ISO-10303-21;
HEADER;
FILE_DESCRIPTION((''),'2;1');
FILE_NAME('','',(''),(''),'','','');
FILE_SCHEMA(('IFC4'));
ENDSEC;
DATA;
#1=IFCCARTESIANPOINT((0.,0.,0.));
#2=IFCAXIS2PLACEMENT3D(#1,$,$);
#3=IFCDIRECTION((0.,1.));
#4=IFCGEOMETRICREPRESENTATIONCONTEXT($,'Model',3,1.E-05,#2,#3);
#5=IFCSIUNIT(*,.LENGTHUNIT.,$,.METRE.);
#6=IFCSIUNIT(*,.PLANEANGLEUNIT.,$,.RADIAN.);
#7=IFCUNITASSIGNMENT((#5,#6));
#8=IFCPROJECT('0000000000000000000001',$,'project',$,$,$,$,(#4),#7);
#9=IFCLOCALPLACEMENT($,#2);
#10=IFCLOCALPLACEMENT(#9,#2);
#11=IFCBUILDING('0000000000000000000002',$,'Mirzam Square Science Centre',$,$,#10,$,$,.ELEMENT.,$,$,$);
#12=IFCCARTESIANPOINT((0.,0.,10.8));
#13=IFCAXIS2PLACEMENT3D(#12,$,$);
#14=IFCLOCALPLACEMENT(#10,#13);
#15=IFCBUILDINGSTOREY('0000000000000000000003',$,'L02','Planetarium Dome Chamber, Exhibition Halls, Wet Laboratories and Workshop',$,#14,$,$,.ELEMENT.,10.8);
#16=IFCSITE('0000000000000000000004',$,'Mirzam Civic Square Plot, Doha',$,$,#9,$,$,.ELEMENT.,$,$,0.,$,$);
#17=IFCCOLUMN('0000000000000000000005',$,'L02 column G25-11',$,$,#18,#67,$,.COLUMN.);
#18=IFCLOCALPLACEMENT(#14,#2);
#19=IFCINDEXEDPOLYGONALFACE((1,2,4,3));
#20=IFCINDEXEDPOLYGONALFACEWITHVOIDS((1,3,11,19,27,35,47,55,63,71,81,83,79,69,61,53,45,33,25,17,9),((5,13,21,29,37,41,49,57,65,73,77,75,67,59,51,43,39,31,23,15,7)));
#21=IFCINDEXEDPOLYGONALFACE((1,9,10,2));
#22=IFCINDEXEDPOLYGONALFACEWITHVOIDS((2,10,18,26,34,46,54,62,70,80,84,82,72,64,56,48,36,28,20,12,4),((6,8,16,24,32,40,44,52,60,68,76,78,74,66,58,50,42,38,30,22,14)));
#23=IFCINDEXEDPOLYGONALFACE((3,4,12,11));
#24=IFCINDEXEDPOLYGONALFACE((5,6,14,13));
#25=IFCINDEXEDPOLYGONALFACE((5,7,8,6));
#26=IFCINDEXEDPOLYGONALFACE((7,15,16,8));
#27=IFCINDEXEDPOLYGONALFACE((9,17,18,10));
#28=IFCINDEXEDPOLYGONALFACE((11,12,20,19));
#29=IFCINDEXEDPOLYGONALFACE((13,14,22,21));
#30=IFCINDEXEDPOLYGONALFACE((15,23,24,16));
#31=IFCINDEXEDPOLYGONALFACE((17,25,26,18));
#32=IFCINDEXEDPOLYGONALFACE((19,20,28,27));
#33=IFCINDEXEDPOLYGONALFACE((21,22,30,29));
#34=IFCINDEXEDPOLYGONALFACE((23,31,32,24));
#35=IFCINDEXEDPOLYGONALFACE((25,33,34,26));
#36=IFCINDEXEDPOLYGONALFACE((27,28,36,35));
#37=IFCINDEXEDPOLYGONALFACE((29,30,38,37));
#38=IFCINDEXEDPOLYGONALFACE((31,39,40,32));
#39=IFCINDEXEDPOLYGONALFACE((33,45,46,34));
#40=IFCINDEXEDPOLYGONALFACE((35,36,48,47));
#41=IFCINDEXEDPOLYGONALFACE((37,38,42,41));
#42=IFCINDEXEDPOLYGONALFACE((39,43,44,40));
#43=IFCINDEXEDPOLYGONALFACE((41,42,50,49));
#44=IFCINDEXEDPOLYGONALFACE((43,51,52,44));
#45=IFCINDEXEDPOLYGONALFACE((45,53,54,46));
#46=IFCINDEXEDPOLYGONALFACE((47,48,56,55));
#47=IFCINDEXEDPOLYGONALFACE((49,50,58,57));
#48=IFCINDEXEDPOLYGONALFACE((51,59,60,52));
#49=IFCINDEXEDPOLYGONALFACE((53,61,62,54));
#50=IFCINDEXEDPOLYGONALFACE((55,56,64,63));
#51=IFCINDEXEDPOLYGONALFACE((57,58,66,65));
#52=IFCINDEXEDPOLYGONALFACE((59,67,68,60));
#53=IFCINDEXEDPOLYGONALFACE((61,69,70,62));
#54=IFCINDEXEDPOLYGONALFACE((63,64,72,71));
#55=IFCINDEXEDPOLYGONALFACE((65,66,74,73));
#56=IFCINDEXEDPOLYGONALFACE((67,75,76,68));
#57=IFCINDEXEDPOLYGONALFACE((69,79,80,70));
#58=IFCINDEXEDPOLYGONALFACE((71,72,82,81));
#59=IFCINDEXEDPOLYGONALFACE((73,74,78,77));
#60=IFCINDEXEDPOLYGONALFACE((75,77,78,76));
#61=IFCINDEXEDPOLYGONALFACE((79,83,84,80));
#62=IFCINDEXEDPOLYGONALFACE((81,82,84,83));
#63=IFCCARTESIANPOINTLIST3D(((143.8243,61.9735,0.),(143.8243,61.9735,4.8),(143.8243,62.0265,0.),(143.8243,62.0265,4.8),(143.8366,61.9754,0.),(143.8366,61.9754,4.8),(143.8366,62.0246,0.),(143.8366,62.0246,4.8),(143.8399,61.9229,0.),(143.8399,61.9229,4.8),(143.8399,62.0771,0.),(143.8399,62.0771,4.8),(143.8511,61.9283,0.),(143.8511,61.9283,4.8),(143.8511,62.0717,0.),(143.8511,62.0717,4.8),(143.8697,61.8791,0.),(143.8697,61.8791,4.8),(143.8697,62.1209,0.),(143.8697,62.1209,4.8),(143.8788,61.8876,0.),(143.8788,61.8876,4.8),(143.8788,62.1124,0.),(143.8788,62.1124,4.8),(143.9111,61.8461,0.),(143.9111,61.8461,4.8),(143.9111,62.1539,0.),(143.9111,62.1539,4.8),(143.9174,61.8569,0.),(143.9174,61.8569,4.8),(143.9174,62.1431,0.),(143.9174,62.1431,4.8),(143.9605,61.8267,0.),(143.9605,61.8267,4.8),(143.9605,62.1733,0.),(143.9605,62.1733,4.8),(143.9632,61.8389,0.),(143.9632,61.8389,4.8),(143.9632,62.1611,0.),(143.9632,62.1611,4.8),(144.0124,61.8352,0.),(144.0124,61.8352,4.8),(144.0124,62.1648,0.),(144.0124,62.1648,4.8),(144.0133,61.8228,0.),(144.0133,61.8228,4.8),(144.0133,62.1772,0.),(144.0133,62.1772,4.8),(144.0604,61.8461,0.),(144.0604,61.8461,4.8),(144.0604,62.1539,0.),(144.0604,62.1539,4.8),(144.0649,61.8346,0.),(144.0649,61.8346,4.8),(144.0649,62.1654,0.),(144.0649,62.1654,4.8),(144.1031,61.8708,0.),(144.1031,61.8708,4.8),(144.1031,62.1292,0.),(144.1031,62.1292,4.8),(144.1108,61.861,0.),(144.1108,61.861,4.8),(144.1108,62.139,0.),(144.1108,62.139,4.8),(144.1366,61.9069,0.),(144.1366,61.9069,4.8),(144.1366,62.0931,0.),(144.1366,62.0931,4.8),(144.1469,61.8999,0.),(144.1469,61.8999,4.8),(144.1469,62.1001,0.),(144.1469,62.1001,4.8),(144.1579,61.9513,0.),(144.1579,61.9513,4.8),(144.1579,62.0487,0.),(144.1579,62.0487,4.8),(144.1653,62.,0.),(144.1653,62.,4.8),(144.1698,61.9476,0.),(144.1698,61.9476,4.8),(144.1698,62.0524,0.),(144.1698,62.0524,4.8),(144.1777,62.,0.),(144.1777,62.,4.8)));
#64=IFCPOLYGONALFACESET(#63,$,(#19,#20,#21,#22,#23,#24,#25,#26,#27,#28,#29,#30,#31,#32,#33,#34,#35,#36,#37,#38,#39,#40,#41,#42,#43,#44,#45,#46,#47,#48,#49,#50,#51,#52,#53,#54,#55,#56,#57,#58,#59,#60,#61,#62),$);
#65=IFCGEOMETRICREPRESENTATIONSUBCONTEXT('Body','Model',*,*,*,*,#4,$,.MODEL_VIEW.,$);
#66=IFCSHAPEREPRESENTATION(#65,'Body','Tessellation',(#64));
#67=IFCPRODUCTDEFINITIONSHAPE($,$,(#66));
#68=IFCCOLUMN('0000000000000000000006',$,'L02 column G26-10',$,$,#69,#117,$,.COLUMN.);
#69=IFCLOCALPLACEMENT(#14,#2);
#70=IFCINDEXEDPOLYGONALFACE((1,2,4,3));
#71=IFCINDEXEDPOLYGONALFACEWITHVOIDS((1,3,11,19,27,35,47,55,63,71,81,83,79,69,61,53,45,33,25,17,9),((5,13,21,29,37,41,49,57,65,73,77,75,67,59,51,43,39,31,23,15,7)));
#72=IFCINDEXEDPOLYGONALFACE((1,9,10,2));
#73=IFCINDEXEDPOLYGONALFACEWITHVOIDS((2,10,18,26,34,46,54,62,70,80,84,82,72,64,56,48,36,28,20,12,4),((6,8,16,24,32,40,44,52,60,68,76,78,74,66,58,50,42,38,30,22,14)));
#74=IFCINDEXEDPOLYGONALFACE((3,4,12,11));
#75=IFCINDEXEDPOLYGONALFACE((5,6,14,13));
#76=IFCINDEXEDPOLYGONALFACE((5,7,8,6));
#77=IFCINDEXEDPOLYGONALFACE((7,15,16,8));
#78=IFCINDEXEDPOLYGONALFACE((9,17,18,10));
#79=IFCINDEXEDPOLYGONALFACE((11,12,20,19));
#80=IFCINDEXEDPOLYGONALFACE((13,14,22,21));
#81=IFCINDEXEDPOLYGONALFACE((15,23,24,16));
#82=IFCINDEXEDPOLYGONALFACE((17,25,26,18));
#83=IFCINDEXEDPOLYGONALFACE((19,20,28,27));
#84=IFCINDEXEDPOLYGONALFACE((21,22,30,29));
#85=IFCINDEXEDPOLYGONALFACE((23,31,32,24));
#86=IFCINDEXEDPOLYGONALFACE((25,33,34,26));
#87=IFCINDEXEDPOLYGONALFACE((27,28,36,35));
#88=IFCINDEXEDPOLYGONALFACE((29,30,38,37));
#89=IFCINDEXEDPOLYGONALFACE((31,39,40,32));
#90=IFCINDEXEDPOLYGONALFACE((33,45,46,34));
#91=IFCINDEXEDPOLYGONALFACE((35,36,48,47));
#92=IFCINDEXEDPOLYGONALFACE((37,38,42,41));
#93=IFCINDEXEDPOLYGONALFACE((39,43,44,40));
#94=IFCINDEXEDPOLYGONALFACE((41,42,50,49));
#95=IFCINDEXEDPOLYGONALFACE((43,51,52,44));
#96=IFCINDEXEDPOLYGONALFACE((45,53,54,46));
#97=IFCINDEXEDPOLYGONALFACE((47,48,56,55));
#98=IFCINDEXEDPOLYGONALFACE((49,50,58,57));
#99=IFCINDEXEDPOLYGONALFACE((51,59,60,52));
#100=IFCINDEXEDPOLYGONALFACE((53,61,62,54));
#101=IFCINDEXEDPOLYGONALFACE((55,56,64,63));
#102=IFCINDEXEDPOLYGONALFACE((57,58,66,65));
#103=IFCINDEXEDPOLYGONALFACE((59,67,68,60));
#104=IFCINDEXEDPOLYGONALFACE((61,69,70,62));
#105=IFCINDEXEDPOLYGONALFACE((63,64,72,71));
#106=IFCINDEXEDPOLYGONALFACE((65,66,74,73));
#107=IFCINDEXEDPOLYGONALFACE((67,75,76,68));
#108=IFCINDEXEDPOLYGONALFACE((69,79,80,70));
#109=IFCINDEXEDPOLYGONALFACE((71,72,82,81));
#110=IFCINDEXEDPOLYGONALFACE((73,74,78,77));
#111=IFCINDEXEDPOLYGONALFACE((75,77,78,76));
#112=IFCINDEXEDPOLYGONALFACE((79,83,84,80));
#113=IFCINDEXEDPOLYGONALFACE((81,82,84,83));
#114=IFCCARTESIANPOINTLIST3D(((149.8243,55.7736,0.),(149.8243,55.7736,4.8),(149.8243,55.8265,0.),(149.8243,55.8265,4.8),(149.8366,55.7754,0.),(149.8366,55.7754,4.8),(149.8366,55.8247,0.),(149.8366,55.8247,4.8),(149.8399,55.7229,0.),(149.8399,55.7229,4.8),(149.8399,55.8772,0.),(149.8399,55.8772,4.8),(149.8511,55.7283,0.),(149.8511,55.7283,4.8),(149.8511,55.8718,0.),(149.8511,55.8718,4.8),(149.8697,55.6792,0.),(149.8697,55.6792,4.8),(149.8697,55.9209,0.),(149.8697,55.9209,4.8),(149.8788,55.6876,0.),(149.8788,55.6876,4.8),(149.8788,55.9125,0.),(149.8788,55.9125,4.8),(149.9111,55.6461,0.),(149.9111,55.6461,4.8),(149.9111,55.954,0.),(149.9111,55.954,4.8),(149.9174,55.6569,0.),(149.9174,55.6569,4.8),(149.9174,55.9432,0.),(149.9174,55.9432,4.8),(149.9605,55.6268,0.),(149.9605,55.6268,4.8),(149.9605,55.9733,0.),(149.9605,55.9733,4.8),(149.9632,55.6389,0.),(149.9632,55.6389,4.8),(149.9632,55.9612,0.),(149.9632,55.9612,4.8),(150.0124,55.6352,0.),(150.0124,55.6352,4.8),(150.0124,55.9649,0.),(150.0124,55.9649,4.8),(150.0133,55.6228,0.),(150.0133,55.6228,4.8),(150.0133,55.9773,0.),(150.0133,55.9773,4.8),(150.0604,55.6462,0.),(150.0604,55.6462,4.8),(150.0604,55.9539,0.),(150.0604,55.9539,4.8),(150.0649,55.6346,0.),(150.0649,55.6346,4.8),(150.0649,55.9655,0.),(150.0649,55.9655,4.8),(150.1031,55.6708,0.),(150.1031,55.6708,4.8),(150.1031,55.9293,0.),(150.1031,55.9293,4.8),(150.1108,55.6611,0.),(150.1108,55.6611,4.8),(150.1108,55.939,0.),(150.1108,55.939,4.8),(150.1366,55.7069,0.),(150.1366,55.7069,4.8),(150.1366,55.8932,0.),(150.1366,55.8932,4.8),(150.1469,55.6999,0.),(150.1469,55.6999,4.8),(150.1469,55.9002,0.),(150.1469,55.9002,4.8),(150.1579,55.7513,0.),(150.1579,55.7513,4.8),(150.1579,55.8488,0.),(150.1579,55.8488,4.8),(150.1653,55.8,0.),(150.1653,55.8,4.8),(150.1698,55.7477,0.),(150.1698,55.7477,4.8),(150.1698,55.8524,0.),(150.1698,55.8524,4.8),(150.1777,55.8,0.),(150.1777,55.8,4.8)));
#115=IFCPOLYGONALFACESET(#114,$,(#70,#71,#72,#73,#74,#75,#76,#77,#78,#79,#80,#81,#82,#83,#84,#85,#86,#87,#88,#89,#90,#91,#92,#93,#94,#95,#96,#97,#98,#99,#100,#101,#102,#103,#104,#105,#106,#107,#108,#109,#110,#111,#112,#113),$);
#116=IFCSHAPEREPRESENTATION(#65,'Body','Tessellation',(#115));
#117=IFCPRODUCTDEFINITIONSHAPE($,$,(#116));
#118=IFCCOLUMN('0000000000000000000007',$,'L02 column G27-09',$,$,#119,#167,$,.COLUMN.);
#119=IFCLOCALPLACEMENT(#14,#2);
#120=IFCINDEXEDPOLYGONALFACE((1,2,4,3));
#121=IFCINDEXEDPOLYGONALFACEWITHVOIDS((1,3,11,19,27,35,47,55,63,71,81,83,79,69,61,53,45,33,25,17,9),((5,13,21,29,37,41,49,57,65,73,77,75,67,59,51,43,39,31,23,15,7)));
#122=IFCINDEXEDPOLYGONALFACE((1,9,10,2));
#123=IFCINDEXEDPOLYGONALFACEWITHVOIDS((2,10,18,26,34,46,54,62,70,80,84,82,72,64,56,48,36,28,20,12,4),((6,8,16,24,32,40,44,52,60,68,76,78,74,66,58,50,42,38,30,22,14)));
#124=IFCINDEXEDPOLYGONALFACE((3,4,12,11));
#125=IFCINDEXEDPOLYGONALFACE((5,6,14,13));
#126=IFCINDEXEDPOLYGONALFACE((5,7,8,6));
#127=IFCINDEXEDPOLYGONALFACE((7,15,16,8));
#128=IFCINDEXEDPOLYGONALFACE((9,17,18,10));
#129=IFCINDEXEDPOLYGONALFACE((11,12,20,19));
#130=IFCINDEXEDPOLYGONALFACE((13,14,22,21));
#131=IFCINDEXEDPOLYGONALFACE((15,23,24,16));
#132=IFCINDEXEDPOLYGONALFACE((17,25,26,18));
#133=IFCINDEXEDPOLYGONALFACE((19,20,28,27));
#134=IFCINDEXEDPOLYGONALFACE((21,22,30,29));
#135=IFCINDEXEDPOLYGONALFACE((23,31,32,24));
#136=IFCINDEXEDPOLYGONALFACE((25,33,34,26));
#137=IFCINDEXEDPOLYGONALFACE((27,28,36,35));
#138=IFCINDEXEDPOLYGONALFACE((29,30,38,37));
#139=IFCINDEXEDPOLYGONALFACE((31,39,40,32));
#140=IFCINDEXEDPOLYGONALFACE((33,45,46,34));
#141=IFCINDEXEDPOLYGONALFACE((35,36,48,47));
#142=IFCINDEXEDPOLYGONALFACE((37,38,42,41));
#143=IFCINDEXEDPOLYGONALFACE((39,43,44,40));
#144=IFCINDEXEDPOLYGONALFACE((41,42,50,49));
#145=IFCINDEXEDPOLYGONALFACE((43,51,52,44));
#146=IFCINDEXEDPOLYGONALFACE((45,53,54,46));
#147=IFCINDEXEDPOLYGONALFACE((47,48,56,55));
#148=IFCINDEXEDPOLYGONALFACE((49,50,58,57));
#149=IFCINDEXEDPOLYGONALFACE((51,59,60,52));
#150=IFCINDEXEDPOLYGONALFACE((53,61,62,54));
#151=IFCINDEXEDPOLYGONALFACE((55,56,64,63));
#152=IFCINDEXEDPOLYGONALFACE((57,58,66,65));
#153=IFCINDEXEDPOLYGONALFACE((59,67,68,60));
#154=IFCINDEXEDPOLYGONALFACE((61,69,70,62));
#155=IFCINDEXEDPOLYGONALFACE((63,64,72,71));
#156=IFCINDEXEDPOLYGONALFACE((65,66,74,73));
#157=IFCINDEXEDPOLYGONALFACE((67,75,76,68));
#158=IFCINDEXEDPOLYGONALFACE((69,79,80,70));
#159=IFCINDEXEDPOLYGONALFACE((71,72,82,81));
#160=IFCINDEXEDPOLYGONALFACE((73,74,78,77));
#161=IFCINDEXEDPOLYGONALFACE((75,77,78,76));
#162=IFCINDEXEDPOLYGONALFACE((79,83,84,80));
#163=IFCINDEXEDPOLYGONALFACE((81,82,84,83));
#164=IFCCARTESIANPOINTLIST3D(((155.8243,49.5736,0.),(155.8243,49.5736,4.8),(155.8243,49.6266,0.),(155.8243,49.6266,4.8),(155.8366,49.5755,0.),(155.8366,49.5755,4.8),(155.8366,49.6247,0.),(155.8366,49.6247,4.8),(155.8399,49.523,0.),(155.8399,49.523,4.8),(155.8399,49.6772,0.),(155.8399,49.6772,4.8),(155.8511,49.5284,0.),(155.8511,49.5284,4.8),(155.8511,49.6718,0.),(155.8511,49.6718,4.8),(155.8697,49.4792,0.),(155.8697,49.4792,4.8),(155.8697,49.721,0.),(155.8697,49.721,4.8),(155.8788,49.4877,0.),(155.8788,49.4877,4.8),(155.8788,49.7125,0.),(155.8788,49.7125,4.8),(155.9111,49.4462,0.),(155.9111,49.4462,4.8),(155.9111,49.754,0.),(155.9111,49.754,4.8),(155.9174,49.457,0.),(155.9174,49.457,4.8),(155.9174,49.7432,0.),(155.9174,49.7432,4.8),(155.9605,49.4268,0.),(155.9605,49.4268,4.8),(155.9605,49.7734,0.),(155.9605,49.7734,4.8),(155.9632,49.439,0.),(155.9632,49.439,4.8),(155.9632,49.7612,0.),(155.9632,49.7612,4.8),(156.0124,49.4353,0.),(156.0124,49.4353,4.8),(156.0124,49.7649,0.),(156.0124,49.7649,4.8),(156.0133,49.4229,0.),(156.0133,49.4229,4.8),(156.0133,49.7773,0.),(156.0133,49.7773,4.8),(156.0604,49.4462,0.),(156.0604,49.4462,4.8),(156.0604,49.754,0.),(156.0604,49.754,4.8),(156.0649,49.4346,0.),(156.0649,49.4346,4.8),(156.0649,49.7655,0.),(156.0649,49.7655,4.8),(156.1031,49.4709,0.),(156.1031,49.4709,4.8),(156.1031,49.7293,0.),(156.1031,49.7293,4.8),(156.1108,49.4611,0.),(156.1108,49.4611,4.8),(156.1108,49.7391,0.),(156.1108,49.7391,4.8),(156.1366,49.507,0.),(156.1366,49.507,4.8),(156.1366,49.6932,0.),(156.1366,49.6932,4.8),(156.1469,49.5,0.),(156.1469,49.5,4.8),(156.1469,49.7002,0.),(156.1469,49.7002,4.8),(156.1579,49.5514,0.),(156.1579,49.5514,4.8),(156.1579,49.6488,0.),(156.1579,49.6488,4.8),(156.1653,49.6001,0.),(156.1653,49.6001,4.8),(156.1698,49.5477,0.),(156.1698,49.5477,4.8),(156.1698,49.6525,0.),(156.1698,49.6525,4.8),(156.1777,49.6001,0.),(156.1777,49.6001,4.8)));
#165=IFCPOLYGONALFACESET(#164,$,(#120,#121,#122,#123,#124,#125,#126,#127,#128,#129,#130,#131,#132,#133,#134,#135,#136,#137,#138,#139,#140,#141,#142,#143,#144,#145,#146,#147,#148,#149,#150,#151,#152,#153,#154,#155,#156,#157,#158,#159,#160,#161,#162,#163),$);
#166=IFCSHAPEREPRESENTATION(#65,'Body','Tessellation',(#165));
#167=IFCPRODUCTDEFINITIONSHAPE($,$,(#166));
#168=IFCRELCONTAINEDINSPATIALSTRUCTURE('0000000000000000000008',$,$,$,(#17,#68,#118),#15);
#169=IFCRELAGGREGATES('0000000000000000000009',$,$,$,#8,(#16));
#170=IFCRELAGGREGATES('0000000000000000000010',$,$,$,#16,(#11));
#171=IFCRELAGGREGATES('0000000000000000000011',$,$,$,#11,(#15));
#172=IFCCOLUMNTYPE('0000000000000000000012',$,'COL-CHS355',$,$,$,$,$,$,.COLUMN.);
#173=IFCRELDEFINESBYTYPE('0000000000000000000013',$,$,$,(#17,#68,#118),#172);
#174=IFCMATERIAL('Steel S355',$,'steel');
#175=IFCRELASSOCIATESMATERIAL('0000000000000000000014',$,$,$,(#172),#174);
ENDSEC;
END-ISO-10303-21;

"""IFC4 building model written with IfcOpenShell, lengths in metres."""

from ifc_helpers import new_model, si_unit, direction, frame, origin, origin_2d, place, context, subcontext, project, spatial, hollow_circle, extrude, material, material_profile, profile_set, type_object, element, save


model = new_model("IFC4")

# Units and contexts
model_context = context("Model", 3, precision=1e-05, world=origin(), true_north=direction((0.0, 1.0)))
body_context = subcontext(model_context, "Body", "Model", "MODEL_VIEW")
ifc_project = project(units=[si_unit("LENGTHUNIT", "METRE"), si_unit("PLANEANGLEUNIT", "RADIAN")], contexts=[model_context])

# Site, building, storey
site_placement = place(None, origin())
site = spatial("IfcSite", under=ifc_project, at=site_placement, Name="Mirzam Civic Square Plot, Doha", CompositionType="ELEMENT", RefElevation=0.0)
building_placement = place(site_placement, origin())
building = spatial("IfcBuilding", under=site, at=building_placement, Name="Mirzam Square Science Centre", CompositionType="ELEMENT")
storey_placement = place(building_placement, frame((0.0, 0.0, 10.8)))
storey = spatial("IfcBuildingStorey", under=building, at=storey_placement, Name="L02", Description="Planetarium Dome Chamber, Exhibition Halls, Wet Laboratories and Workshop", CompositionType="ELEMENT", Elevation=10.8)

# Columns
ifc_material_1 = material(Name="Steel S355", Category="steel")
ifc_material_profile_1 = material_profile(ifc_material_1, hollow_circle(Radius=0.1777, WallThickness=0.0125, at=origin_2d()), Name="355.6x12.5CHS")
ifc_profile_set_1 = profile_set([ifc_material_profile_1], Name="Steel S355")
column_type_1 = type_object("IfcColumnType", Name="COL-CHS355", PredefinedType="COLUMN", material=ifc_profile_set_1)
for number, where, z_axis, x_axis, name in (
    (1, (144.0, 62.0, 0.0), (0.0, 0.0, 1.0), (1.0, 0.0, 0.0), "L02 column G25-11"),
    (2, (150.0, 55.8, 0.0), (0.0, 0.0, 1.0), (1.0, 0.0, 0.0), "L02 column G26-10"),
    (3, (156.0, 49.6001, 0.0), (0.0, 0.0, 1.0), (1.0, 0.0, 0.0), "L02 column G27-09"),
):
    element("IfcColumn", number, at=place(storey_placement, frame(where, z_axis=z_axis, x_axis=x_axis)), inside=storey, type_object=column_type_1, Name=name, PredefinedType="COLUMN", context=body_context, shape_type="SweptSolid", body=[
        extrude(hollow_circle(Radius=0.1777, WallThickness=0.0125, at=origin_2d()), origin(), (0.0, 0.0, 1.0), 4.8),
    ])

save(model, "model.ifc")
